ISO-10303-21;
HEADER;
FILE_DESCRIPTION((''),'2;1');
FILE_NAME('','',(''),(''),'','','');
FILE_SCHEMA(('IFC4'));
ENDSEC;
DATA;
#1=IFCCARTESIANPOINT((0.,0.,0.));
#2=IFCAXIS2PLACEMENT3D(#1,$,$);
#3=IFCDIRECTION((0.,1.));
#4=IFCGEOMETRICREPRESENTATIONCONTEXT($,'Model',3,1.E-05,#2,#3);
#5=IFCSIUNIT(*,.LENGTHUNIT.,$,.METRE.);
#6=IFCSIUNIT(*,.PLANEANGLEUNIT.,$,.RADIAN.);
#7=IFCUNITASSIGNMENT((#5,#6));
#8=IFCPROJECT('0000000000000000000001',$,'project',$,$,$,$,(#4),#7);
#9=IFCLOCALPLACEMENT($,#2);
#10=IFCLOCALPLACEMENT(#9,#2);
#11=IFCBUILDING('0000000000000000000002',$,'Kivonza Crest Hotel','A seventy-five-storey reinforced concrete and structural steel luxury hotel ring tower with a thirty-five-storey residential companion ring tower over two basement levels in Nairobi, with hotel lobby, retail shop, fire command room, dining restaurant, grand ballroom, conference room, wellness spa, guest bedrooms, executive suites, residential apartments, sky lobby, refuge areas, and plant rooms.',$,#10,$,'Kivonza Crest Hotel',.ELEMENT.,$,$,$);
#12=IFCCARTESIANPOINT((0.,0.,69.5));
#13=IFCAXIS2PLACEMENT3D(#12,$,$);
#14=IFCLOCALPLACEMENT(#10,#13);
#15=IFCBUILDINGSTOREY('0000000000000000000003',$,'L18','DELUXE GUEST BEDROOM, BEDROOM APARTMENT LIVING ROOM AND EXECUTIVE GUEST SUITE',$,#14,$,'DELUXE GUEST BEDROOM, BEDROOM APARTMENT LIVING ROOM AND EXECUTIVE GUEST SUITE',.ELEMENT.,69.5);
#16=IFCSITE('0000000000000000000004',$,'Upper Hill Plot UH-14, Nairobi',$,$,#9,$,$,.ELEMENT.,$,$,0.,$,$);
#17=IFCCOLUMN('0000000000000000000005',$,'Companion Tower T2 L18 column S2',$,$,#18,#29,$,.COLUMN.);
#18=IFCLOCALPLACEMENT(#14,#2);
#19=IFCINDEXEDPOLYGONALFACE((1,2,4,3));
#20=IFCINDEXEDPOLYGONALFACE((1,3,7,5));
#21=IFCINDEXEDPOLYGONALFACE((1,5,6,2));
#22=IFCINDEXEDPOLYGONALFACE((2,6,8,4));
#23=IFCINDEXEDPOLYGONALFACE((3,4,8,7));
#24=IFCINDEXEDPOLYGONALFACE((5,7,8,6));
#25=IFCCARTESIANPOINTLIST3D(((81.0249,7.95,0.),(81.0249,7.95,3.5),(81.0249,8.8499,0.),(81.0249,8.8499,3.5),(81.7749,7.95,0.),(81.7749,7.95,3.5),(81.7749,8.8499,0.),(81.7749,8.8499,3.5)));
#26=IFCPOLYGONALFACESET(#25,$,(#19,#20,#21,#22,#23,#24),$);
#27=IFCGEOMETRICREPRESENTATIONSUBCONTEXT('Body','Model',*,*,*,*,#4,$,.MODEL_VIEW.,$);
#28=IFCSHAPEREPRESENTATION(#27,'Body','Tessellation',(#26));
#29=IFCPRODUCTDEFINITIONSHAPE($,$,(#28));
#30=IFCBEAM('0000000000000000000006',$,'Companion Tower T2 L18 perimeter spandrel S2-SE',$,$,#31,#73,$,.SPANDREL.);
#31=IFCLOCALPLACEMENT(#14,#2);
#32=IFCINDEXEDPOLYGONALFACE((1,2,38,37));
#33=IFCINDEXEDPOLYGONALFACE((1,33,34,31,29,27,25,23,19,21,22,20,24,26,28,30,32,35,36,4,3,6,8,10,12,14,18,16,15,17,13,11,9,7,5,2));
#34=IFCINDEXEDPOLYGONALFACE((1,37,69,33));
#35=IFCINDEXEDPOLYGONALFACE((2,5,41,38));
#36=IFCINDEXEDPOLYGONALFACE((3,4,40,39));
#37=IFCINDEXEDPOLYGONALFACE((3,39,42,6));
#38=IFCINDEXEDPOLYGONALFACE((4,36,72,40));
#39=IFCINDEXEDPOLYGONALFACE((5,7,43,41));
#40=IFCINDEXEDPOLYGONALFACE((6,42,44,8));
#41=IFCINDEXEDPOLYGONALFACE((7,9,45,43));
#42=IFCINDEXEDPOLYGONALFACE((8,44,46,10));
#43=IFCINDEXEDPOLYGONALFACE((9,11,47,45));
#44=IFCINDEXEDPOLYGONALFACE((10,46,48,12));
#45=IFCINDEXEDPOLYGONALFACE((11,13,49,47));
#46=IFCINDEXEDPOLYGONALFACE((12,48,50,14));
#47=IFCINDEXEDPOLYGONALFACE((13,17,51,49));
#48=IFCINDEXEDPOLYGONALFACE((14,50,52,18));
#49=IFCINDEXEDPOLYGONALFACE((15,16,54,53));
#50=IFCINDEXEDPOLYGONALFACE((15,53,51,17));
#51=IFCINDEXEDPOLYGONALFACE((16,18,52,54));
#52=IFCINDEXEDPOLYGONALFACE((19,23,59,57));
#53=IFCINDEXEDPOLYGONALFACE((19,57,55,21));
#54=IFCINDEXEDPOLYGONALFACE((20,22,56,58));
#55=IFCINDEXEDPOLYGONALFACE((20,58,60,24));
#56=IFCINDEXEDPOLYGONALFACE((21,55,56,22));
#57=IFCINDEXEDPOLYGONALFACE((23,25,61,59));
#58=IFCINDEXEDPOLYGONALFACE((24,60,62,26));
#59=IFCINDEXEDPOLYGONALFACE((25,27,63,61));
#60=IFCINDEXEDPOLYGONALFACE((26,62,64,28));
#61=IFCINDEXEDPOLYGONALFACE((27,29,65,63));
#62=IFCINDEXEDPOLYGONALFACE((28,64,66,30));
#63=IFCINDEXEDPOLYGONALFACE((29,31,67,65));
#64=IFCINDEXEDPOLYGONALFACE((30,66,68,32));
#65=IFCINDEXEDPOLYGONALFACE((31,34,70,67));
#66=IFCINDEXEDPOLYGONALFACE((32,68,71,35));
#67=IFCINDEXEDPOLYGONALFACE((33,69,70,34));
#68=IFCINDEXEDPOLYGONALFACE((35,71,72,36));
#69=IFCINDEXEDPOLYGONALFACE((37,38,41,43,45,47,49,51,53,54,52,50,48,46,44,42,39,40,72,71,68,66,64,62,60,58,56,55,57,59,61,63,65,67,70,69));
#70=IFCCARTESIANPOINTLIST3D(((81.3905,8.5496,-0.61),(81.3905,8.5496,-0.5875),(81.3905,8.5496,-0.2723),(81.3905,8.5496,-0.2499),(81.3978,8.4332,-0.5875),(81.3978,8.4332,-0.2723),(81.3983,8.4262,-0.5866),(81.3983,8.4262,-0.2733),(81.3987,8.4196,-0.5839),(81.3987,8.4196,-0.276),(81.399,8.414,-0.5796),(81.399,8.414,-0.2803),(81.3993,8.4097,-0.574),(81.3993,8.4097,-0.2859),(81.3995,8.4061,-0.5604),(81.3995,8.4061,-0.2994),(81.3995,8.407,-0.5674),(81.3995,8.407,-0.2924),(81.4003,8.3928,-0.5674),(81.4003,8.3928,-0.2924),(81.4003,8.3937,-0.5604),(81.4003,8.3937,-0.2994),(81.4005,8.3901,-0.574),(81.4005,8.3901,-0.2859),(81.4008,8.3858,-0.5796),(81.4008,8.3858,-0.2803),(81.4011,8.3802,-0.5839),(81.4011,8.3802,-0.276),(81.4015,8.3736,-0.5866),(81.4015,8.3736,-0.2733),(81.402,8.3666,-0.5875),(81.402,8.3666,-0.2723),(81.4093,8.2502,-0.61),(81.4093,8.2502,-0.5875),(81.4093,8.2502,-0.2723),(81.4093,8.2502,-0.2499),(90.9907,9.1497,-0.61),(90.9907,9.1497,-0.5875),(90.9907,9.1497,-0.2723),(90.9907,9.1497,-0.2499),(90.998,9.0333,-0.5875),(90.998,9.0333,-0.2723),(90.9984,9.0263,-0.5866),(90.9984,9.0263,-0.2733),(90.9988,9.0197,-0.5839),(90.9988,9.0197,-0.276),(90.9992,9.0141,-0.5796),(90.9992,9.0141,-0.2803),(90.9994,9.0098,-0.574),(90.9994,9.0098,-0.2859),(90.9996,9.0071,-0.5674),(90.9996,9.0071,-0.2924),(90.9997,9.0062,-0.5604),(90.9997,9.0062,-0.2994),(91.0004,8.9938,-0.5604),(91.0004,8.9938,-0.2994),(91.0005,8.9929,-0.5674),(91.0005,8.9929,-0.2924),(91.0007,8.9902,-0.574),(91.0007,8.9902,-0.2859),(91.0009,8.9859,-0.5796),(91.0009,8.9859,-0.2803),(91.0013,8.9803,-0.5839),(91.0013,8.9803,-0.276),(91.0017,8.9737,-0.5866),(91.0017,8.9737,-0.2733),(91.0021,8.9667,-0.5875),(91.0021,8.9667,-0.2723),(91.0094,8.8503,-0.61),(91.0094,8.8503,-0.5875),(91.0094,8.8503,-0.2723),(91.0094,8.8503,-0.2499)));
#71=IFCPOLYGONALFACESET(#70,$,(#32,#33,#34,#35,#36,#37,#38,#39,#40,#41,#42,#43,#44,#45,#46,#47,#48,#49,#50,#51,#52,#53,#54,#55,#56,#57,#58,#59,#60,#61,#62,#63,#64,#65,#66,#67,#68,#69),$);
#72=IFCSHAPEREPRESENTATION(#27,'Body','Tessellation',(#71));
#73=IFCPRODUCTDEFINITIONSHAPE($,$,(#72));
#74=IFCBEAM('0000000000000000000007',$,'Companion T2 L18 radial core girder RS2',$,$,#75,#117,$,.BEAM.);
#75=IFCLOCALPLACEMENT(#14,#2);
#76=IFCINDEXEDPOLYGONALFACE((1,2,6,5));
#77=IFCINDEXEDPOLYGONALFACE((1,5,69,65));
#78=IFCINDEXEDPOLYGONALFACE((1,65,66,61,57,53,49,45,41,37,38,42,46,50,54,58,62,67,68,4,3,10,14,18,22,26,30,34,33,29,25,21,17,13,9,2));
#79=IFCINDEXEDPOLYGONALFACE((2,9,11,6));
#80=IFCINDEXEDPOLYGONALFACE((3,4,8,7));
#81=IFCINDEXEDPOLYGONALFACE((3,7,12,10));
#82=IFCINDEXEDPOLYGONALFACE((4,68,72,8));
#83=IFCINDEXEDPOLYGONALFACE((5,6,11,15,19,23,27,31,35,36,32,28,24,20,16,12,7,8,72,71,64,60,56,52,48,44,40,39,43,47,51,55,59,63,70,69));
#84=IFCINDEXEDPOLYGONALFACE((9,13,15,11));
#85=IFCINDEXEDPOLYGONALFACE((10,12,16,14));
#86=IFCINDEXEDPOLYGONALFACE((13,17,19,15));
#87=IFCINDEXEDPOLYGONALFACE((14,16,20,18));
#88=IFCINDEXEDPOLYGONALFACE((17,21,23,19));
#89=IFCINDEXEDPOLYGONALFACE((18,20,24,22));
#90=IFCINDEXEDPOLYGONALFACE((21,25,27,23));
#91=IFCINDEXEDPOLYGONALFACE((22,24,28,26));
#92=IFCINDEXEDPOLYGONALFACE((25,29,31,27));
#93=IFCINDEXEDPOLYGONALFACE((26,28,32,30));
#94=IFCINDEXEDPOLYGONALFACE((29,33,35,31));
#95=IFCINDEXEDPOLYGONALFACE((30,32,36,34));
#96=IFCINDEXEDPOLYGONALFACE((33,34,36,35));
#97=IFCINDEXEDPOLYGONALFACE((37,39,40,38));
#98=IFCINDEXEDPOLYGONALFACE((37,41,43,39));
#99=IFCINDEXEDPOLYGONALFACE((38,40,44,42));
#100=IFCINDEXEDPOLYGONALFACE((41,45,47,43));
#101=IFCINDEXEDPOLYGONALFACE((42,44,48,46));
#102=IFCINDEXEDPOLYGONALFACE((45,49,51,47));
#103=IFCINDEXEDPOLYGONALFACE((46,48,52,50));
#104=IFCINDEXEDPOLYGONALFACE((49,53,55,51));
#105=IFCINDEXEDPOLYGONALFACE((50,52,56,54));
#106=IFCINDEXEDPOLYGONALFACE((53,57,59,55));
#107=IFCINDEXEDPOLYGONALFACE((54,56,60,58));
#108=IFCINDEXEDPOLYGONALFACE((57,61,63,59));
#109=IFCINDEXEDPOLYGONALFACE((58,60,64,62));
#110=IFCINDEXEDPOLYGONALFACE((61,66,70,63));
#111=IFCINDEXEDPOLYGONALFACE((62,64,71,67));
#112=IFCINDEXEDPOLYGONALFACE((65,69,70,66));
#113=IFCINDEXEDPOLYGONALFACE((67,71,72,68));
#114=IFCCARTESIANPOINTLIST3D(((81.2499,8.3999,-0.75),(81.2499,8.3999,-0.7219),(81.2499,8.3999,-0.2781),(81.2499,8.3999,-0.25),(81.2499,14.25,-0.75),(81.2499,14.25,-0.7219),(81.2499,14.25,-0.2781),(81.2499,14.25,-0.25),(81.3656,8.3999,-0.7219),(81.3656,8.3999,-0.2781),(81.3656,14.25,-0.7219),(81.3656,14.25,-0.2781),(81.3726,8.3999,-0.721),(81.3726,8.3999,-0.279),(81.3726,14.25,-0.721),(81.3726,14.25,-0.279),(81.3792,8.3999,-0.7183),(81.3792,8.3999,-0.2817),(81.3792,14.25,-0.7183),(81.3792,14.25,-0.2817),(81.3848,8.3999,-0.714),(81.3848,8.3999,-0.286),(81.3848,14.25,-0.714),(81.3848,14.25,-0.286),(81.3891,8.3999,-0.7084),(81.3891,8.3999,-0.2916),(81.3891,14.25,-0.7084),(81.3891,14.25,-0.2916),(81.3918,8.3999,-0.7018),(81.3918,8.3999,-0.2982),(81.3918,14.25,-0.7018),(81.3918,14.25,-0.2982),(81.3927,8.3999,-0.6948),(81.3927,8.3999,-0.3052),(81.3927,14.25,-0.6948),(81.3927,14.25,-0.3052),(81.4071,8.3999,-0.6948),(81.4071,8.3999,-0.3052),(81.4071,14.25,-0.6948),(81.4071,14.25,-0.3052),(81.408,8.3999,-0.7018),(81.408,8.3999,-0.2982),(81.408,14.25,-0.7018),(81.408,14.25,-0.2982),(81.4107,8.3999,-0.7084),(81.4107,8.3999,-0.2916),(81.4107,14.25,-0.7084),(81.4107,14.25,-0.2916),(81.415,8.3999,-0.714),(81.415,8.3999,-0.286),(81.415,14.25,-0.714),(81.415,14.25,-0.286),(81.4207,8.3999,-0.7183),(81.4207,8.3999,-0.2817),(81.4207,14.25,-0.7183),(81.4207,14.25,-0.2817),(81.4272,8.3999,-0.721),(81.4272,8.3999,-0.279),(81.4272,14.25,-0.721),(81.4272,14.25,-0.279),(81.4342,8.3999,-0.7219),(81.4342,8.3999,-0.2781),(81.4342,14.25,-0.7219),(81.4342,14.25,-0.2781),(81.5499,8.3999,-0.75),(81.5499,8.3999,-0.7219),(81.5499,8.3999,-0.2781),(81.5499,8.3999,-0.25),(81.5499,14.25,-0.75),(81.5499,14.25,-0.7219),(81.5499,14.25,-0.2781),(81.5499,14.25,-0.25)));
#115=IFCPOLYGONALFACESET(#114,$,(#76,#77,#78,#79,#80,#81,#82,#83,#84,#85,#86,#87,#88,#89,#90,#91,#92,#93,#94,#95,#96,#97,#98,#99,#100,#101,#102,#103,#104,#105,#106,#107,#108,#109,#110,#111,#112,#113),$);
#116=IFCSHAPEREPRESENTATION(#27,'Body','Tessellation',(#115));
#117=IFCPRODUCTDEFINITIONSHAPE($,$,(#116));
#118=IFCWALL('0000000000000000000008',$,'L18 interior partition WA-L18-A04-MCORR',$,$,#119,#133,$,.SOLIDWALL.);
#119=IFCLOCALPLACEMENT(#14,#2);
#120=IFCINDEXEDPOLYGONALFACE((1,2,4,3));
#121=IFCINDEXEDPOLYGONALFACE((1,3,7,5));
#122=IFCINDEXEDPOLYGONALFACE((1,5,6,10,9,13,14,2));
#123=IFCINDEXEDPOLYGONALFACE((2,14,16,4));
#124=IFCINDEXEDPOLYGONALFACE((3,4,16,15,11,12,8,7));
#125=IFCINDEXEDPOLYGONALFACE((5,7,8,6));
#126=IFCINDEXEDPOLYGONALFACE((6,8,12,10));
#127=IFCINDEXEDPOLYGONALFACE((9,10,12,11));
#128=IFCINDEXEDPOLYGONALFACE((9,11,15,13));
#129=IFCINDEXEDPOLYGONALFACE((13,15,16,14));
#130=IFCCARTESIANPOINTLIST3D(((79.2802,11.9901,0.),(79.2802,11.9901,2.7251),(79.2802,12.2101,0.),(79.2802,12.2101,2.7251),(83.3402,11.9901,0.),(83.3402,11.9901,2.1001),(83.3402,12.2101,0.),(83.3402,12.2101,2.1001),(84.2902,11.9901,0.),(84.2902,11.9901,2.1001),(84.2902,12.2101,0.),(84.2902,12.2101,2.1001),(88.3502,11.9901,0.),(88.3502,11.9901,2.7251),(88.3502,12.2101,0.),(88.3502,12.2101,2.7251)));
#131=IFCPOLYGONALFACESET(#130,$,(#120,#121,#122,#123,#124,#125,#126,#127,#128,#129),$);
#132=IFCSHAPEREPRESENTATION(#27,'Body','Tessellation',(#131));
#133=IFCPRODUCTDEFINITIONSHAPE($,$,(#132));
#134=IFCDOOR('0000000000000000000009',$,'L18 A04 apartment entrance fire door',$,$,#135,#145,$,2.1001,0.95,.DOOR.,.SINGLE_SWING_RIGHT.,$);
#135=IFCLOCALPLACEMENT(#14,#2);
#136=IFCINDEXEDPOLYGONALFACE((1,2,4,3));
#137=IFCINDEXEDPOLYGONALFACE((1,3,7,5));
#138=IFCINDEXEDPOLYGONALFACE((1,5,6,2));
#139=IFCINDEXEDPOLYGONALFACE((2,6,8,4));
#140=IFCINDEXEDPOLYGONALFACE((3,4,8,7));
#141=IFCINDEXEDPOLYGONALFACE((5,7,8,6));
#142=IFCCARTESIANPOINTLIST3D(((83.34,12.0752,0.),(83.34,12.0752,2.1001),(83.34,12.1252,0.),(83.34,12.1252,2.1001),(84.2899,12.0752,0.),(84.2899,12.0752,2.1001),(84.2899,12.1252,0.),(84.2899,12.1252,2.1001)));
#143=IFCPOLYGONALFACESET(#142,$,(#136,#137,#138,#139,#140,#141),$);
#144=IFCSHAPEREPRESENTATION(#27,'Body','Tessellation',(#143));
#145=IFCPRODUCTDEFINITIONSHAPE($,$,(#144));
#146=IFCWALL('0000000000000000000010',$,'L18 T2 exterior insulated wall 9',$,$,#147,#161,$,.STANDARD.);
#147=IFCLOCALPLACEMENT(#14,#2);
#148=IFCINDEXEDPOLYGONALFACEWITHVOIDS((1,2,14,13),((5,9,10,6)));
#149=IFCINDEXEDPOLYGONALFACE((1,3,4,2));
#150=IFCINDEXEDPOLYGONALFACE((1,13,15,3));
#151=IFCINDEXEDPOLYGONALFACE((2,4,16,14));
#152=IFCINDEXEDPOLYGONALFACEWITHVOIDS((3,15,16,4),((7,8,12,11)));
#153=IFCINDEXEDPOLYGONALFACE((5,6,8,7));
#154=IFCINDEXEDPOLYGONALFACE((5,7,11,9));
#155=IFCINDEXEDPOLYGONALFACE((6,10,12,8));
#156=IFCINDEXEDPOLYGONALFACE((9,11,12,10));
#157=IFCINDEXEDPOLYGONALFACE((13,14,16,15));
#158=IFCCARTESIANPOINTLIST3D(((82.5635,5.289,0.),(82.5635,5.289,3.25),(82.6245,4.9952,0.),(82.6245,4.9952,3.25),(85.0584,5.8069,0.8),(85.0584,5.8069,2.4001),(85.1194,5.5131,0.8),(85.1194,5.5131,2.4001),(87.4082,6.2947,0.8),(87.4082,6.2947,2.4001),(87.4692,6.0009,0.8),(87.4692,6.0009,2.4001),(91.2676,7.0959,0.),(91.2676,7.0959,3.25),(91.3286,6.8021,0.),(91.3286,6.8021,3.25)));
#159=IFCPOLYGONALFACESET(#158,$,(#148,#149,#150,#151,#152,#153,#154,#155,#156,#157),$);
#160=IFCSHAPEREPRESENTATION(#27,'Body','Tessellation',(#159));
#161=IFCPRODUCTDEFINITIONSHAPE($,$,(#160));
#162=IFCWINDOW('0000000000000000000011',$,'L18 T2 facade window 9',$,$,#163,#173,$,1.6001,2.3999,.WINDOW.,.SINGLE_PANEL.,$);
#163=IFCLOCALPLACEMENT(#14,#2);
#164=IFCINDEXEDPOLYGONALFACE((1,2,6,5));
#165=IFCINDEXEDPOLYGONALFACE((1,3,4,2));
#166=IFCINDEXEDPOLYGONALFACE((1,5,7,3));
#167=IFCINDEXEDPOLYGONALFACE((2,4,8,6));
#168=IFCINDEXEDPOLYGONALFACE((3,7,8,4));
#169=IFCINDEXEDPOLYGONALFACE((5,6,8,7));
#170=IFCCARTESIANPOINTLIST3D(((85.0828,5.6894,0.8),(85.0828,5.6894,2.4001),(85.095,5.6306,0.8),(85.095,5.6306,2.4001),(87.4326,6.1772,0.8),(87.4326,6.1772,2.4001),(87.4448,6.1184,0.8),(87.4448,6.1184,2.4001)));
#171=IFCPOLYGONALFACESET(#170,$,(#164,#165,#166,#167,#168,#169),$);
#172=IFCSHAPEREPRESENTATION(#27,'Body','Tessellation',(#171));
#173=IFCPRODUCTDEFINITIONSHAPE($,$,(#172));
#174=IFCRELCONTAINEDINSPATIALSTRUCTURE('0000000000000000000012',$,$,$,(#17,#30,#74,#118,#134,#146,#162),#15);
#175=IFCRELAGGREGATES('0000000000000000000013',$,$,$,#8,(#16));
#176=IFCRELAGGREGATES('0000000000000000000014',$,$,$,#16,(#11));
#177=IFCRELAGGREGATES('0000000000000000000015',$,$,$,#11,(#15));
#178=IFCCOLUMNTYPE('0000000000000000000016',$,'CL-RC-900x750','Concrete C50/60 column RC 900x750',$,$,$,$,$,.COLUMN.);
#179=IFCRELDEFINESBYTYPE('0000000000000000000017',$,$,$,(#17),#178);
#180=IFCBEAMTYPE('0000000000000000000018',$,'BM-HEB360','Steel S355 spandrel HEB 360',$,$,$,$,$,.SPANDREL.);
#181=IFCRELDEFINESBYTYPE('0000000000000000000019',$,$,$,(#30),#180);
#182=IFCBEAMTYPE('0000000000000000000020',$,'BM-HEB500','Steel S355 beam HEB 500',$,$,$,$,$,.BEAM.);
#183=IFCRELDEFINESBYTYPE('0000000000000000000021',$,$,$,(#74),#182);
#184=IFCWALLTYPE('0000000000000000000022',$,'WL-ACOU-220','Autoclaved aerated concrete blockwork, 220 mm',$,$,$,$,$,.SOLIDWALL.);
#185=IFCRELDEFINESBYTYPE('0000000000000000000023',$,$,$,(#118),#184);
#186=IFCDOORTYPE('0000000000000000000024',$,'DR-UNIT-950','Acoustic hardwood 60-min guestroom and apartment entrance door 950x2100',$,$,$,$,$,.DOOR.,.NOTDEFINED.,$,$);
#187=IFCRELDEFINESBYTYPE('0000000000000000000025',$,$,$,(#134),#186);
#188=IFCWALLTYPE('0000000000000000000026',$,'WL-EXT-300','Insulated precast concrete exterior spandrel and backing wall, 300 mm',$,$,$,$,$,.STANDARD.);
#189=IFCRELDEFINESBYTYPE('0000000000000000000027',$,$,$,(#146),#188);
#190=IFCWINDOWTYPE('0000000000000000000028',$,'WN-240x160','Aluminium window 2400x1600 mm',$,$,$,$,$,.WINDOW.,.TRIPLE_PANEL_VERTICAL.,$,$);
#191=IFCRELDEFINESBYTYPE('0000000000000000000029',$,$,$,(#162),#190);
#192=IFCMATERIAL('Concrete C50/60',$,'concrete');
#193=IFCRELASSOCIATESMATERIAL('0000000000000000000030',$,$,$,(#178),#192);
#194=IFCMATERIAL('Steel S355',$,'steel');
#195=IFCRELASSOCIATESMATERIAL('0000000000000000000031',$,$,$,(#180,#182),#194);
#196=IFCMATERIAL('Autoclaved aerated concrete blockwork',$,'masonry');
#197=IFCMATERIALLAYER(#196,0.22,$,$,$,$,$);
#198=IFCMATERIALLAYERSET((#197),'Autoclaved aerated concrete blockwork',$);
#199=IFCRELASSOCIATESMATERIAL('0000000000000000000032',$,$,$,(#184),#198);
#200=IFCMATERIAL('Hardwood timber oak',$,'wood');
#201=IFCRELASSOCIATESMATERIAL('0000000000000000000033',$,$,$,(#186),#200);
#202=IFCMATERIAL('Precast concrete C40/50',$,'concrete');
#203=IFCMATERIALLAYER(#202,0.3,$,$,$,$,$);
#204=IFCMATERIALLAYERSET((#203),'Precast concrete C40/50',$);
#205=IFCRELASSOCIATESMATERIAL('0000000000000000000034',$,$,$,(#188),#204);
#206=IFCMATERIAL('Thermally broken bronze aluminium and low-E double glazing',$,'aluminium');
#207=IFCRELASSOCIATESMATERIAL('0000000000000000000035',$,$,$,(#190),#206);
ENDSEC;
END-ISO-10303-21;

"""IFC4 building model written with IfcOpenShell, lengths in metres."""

from ifc_helpers import new_model, si_unit, direction, frame, frame_2d, origin, origin_2d, place, context, subcontext, project, spatial, rectangle, i_section, extrude, material, layer, layer_set, material_profile, profile_set, type_object, element, fill, save


model = new_model("IFC4")

# Units and contexts
model_context = context("Model", 3, precision=1e-05, world=origin(), true_north=direction((0.0, 1.0)))
body_context = subcontext(model_context, "Body", "Model", "MODEL_VIEW")
ifc_project = project(units=[si_unit("LENGTHUNIT", "METRE"), si_unit("PLANEANGLEUNIT", "RADIAN")], contexts=[model_context])

# Site, building, storey
site_placement = place(None, origin())
site = spatial("IfcSite", under=ifc_project, at=site_placement, Name="Upper Hill Plot UH-14, Nairobi", CompositionType="ELEMENT", RefElevation=0.0)
building_placement = place(site_placement, origin())
building = spatial("IfcBuilding", under=site, at=building_placement, Name="Kivonza Crest Hotel", Description="A seventy-five-storey reinforced concrete and structural steel luxury hotel ring tower with a thirty-five-storey residential companion ring tower over two basement levels in Nairobi, with hotel lobby, retail shop, fire command room, dining restaurant, grand ballroom, conference room, wellness spa, guest bedrooms, executive suites, residential apartments, sky lobby, refuge areas, and plant rooms.", LongName="Kivonza Crest Hotel", CompositionType="ELEMENT")
storey_placement = place(building_placement, frame((0.0, 0.0, 69.5)))
storey = spatial("IfcBuildingStorey", under=building, at=storey_placement, Name="L18", Description="DELUXE GUEST BEDROOM, BEDROOM APARTMENT LIVING ROOM AND EXECUTIVE GUEST SUITE", LongName="DELUXE GUEST BEDROOM, BEDROOM APARTMENT LIVING ROOM AND EXECUTIVE GUEST SUITE", CompositionType="ELEMENT", Elevation=69.5)

# Column
ifc_material_1 = material(Name="Concrete C50/60", Category="concrete")
ifc_material_profile_1 = material_profile(ifc_material_1, rectangle(XDim=0.75, YDim=0.8999, at=origin_2d()), Name="RC 900x750")
ifc_profile_set_1 = profile_set([ifc_material_profile_1], Name="Concrete C50/60")
column_type = type_object("IfcColumnType", Name="CL-RC-900x750", Description="Concrete C50/60 column RC 900x750", PredefinedType="COLUMN", material=ifc_profile_set_1)
column_placement = place(storey_placement, frame((81.3999, 8.3999, 0.0), z_axis=(0.0, 0.0, 1.0), x_axis=(1.0, 0.0, 0.0)))
element("IfcColumn", 1, at=column_placement, inside=storey, type_object=column_type, Name="Companion Tower T2 L18 column S2", PredefinedType="COLUMN", context=body_context, shape_type="SweptSolid", body=[
    extrude(rectangle(XDim=0.75, YDim=0.8999, at=origin_2d()), origin(), (0.0, 0.0, 1.0), 3.5),
])

# Beams
ifc_material_2 = material(Name="Steel S355", Category="steel")
ifc_material_profile_2 = material_profile(ifc_material_2, i_section(OverallWidth=0.3, OverallDepth=0.3601, WebThickness=0.0125, FlangeThickness=0.0225, FilletRadius=0.0271, at=origin_2d()), Name="HEB 360")
ifc_profile_set_2 = profile_set([ifc_material_profile_2], Name="Steel S355")
beam_type_1 = type_object("IfcBeamType", Name="BM-HEB360", Description="Steel S355 spandrel HEB 360", PredefinedType="SPANDREL", material=ifc_profile_set_2)
beam_1_placement = place(storey_placement, frame((81.3999, 8.3999, -0.4299), z_axis=(0.998052, 0.062388, 0.0), x_axis=(-0.062388, 0.998052, 0.0)))
element("IfcBeam", 2, at=beam_1_placement, inside=storey, type_object=beam_type_1, Name="Companion Tower T2 L18 perimeter spandrel S2-SE", PredefinedType="SPANDREL", context=body_context, shape_type="SweptSolid", body=[
    extrude(i_section(OverallWidth=0.3, OverallDepth=0.3601, WebThickness=0.0125, FlangeThickness=0.0225, FilletRadius=0.0271, at=origin_2d()), origin(), (0.0, 0.0, 1.0), 9.6189),
])
ifc_material_profile_3 = material_profile(ifc_material_2, i_section(OverallWidth=0.3, OverallDepth=0.5, WebThickness=0.0144, FlangeThickness=0.0281, FilletRadius=0.0271, at=origin_2d()), Name="HEB 500")
ifc_profile_set_3 = profile_set([ifc_material_profile_3], Name="Steel S355")
beam_type_2 = type_object("IfcBeamType", Name="BM-HEB500", Description="Steel S355 beam HEB 500", PredefinedType="BEAM", material=ifc_profile_set_3)
beam_2_placement = place(storey_placement, frame((81.3999, 8.3999, -0.5), z_axis=(0.0, 1.0, 0.0), x_axis=(-1.0, 0.0, 0.0)))
element("IfcBeam", 3, at=beam_2_placement, inside=storey, type_object=beam_type_2, Name="Companion T2 L18 radial core girder RS2", PredefinedType="BEAM", context=body_context, shape_type="SweptSolid", body=[
    extrude(i_section(OverallWidth=0.3, OverallDepth=0.5, WebThickness=0.0144, FlangeThickness=0.0281, FilletRadius=0.0271, at=origin_2d()), origin(), (0.0, 0.0, 1.0), 5.8501),
])

# Wall, opening, door
ifc_material_3 = material(Name="Autoclaved aerated concrete blockwork", Category="masonry")
ifc_layer_1 = layer(ifc_material_3, 0.22)
ifc_layer_set_1 = layer_set([ifc_layer_1], Name="Autoclaved aerated concrete blockwork")
wall_type_1 = type_object("IfcWallType", Name="WL-ACOU-220", Description="Autoclaved aerated concrete blockwork, 220 mm", PredefinedType="SOLIDWALL", material=ifc_layer_set_1)
wall_1_placement = place(storey_placement, frame((79.28, 12.1001, 0.0), z_axis=(0.0, 0.0, 1.0), x_axis=(1.0, 0.0, 0.0)))
wall_1 = element("IfcWall", 4, at=wall_1_placement, inside=storey, type_object=wall_type_1, Name="L18 interior partition WA-L18-A04-MCORR", PredefinedType="SOLIDWALL", context=body_context, shape_type="SweptSolid", body=[
    extrude(rectangle(XDim=9.0701, YDim=0.22, at=frame_2d((4.5352, 0.0))), origin(), (0.0, 0.0, 1.0), 2.7251),
])
opening_1_placement = place(wall_1_placement, frame((4.0601, 0.0, 0.0)))
opening_1 = element("IfcOpeningElement", 5, at=opening_1_placement, cuts=wall_1, PredefinedType="OPENING", context=body_context, shape_type="SweptSolid", body=[
    extrude(rectangle(XDim=0.95, YDim=2.1001, at=frame_2d((0.4751, 1.05))), frame((0.0, 0.1201, 0.0), z_axis=(0.0, -1.0, 0.0), x_axis=(1.0, 0.0, 0.0)), (0.0, 0.0, 1.0), 0.24),
])
ifc_material_4 = material(Name="Hardwood timber oak", Category="wood")
door_type_1 = type_object("IfcDoorType", Name="DR-UNIT-950", Description="Acoustic hardwood 60-min guestroom and apartment entrance door 950x2100", OperationType="NOTDEFINED", PredefinedType="DOOR", material=ifc_material_4)
door_1_placement = place(opening_1_placement, frame((0.95, 0.0, 0.0), z_axis=(0.0, 0.0, 1.0), x_axis=(-1.0, 0.0, 0.0)))
door_1 = element("IfcDoor", 6, at=door_1_placement, inside=storey, type_object=door_type_1, Name="L18 A04 apartment entrance fire door", OperationType="SINGLE_SWING_RIGHT", OverallHeight=2.1001, OverallWidth=0.95, PredefinedType="DOOR", context=body_context, shape_type="SweptSolid", body=[
    extrude(rectangle(XDim=0.95, YDim=2.1001, at=frame_2d((0.4751, 1.05))), frame((0.0, 0.0249, 0.0), z_axis=(0.0, -1.0, 0.0), x_axis=(1.0, 0.0, 0.0)), (0.0, 0.0, 1.0), 0.05),
])
fill(opening_1, door_1)

# Wall, opening, window
ifc_material_5 = material(Name="Precast concrete C40/50", Category="concrete")
ifc_layer_2 = layer(ifc_material_5, 0.3)
ifc_layer_set_2 = layer_set([ifc_layer_2], Name="Precast concrete C40/50")
wall_type_2 = type_object("IfcWallType", Name="WL-EXT-300", Description="Insulated precast concrete exterior spandrel and backing wall, 300 mm", PredefinedType="STANDARD", material=ifc_layer_set_2)
wall_2_placement = place(storey_placement, frame((82.594, 5.1421, 0.0), z_axis=(0.0, 0.0, 1.0), x_axis=(0.979125, 0.203257, 0.0)))
wall_2 = element("IfcWall", 7, at=wall_2_placement, inside=storey, type_object=wall_type_2, Name="L18 T2 exterior insulated wall 9", PredefinedType="STANDARD", context=body_context, shape_type="SweptSolid", body=[
    extrude(rectangle(XDim=8.8896, YDim=0.3, at=frame_2d((4.4448, 0.0))), origin(), (0.0, 0.0, 1.0), 3.25),
])
opening_2_placement = place(wall_2_placement, frame((2.5481, 0.0, 0.8)))
opening_2 = element("IfcOpeningElement", 8, at=opening_2_placement, cuts=wall_2, PredefinedType="OPENING", context=body_context, shape_type="SweptSolid", body=[
    extrude(rectangle(XDim=2.3999, YDim=1.6001, at=frame_2d((1.2, 0.8))), frame((0.0, 0.1602, 0.0), z_axis=(0.0, -1.0, 0.0), x_axis=(1.0, 0.0, 0.0)), (0.0, 0.0, 1.0), 0.3201),
])
ifc_material_6 = material(Name="Thermally broken bronze aluminium and low-E double glazing", Category="aluminium")
window_type = type_object("IfcWindowType", Name="WN-240x160", Description="Aluminium window 2400x1600 mm", PartitioningType="TRIPLE_PANEL_VERTICAL", PredefinedType="WINDOW", material=ifc_material_6)
window_placement = place(opening_2_placement, origin())
window = element("IfcWindow", 9, at=window_placement, inside=storey, type_object=window_type, Name="L18 T2 facade window 9", OverallHeight=1.6001, OverallWidth=2.3999, PartitioningType="SINGLE_PANEL", PredefinedType="WINDOW", context=body_context, shape_type="SweptSolid", body=[
    extrude(rectangle(XDim=2.3999, YDim=1.6001, at=frame_2d((1.2, 0.8))), frame((0.0, 0.03, 0.0), z_axis=(0.0, -1.0, 0.0), x_axis=(1.0, 0.0, 0.0)), (0.0, 0.0, 1.0), 0.0601),
])
fill(opening_2, window)

save(model, "model.ifc")
